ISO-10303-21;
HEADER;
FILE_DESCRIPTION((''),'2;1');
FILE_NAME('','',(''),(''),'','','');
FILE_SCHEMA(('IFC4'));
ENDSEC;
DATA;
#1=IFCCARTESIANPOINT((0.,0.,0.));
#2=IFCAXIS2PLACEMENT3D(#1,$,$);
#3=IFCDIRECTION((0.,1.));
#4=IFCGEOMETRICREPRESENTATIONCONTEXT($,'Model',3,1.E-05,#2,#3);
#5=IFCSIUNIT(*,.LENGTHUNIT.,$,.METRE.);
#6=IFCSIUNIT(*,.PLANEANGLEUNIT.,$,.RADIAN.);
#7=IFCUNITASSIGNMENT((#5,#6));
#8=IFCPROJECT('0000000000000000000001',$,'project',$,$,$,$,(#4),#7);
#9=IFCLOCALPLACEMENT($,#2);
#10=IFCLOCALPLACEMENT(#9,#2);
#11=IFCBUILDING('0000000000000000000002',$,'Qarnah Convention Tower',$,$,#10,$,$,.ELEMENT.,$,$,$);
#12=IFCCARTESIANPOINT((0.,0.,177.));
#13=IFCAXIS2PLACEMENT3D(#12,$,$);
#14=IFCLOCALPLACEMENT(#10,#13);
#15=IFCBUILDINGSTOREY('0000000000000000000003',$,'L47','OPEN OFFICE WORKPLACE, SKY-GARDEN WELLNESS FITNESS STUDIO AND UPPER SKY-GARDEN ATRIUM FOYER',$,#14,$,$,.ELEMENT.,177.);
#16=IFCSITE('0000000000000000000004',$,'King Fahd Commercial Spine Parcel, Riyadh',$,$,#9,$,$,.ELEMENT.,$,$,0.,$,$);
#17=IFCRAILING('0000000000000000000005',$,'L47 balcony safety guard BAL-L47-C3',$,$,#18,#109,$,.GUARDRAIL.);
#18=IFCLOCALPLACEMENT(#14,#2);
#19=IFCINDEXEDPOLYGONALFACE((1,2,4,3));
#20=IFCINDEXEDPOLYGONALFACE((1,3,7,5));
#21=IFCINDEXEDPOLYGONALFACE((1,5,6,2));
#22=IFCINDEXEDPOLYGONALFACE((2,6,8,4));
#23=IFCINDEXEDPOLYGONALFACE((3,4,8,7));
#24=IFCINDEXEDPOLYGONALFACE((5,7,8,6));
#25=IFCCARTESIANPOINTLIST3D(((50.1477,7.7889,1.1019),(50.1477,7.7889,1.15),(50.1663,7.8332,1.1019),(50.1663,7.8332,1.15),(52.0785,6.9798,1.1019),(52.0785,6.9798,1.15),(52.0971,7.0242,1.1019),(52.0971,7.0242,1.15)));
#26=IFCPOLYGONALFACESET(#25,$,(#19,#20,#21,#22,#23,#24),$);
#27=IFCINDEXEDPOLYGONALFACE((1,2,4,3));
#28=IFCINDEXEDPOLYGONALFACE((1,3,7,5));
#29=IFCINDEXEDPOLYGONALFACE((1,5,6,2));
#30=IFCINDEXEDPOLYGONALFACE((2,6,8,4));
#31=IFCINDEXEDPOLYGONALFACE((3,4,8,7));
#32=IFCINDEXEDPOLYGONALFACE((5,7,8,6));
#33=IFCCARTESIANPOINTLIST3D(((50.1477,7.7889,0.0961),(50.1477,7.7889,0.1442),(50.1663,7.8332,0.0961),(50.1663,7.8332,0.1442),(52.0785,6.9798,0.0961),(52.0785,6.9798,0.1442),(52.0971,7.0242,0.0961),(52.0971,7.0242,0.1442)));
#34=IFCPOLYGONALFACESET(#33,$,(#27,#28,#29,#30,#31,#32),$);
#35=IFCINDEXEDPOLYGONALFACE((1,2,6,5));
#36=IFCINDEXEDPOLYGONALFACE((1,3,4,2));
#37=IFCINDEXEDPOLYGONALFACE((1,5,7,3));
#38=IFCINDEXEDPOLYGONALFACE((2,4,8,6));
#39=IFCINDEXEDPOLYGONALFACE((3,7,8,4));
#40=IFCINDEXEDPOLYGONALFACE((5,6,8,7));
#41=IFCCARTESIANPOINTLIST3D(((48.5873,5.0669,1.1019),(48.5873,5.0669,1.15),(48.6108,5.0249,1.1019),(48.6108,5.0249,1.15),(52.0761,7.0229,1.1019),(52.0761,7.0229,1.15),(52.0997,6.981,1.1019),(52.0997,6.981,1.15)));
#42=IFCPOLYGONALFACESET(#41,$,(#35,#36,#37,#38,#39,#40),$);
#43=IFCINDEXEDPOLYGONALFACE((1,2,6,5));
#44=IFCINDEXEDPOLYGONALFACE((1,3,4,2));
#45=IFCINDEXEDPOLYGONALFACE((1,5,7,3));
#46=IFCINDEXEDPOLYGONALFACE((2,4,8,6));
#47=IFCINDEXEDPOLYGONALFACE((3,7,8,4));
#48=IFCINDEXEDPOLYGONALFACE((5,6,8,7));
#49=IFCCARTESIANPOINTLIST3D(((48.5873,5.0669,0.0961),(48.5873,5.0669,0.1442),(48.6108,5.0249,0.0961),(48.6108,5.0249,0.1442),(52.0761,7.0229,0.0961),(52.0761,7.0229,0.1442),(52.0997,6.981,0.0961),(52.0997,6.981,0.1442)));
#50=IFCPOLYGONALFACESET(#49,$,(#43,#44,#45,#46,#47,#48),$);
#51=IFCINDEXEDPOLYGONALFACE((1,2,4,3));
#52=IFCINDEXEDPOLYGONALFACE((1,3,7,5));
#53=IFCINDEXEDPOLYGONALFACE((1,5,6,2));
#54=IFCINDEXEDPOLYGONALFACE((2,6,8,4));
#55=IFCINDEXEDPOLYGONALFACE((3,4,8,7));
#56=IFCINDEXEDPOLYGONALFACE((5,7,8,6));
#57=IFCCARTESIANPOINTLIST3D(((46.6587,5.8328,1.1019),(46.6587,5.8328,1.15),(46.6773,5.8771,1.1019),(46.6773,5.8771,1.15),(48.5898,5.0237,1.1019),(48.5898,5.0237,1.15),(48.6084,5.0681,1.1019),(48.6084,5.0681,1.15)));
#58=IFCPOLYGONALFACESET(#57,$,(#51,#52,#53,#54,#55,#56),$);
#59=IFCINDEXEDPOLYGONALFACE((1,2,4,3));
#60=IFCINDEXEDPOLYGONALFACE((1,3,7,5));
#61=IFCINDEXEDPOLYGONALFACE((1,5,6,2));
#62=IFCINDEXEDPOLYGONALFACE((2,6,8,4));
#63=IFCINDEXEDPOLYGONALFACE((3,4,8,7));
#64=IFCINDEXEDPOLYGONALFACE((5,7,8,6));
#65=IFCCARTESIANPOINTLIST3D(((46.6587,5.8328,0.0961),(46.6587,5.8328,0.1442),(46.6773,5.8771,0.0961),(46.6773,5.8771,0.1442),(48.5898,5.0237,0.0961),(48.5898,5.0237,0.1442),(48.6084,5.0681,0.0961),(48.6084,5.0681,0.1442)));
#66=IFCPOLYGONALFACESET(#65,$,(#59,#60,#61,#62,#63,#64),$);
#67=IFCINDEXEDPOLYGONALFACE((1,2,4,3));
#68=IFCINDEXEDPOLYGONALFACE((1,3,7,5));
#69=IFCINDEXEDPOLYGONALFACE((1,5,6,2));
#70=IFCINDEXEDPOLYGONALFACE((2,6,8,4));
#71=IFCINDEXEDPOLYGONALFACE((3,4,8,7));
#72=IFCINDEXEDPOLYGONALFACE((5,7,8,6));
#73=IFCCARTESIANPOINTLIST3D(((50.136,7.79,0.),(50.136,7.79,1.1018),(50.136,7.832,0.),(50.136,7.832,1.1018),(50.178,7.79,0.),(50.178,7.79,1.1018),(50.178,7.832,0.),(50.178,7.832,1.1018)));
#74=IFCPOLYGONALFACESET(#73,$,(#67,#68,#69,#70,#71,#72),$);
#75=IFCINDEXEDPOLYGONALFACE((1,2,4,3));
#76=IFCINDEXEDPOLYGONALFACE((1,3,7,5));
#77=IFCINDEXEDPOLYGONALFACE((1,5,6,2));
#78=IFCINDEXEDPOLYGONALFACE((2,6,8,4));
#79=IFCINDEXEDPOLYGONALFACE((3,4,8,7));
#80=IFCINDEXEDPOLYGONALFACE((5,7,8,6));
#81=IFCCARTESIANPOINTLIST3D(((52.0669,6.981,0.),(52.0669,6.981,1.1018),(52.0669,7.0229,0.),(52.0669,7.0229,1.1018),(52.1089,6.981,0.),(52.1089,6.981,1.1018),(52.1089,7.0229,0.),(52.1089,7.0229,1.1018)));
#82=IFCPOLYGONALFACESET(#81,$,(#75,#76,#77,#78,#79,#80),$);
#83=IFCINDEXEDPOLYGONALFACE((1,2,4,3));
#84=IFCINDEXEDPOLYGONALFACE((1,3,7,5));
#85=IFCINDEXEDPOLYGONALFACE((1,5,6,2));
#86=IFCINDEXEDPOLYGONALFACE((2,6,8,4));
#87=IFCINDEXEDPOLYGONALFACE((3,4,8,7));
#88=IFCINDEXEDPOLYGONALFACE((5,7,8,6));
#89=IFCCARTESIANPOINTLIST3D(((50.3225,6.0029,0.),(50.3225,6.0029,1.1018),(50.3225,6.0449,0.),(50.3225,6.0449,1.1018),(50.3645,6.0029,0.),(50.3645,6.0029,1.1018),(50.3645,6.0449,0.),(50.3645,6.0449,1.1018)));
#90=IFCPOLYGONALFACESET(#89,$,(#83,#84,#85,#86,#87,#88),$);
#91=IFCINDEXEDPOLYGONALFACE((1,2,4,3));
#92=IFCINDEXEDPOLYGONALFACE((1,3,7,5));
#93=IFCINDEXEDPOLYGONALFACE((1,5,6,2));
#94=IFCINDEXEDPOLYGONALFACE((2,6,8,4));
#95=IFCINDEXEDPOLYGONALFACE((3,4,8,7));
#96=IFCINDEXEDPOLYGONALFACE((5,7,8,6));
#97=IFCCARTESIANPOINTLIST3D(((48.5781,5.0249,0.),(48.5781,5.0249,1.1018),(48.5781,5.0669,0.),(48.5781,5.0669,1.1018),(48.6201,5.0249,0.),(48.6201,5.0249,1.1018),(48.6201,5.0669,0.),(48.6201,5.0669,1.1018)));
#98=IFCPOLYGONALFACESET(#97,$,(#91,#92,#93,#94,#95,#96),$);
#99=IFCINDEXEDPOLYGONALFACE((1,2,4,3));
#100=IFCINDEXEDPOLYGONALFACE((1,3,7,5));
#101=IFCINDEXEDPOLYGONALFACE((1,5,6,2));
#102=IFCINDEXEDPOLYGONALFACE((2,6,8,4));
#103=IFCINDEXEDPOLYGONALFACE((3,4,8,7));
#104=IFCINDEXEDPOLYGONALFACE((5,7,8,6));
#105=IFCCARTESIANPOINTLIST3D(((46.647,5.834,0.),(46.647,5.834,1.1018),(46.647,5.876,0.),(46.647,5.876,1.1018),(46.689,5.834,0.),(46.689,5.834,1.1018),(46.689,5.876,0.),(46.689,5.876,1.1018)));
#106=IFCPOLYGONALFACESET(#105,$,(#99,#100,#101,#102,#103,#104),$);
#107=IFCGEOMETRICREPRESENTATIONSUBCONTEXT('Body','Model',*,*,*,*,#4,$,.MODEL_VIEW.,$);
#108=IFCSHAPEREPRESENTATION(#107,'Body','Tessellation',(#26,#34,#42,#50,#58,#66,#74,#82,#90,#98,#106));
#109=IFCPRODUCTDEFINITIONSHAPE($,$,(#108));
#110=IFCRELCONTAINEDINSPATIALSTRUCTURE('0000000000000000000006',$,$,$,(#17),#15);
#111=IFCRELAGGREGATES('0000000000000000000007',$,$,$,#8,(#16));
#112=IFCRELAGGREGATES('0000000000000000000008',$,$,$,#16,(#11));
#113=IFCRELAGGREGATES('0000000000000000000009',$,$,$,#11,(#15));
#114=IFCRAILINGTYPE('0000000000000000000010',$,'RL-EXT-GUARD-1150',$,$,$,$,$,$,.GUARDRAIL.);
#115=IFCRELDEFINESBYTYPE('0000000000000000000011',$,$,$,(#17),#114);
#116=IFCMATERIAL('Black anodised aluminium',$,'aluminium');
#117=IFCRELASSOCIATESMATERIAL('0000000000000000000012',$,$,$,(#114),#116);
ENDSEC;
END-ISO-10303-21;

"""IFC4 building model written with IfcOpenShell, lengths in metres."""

from ifc_helpers import new_model, si_unit, direction, frame, origin, origin_2d, place, context, subcontext, project, spatial, rectangle, extrude, material, type_object, element, save


model = new_model("IFC4")

# Units and contexts
model_context = context("Model", 3, precision=1e-05, world=origin(), true_north=direction((0.0, 1.0)))
body_context = subcontext(model_context, "Body", "Model", "MODEL_VIEW")
ifc_project = project(units=[si_unit("LENGTHUNIT", "METRE"), si_unit("PLANEANGLEUNIT", "RADIAN")], contexts=[model_context])

# Site, building, storey
site_placement = place(None, origin())
site = spatial("IfcSite", under=ifc_project, at=site_placement, Name="King Fahd Commercial Spine Parcel, Riyadh", CompositionType="ELEMENT", RefElevation=0.0)
building_placement = place(site_placement, origin())
building = spatial("IfcBuilding", under=site, at=building_placement, Name="Qarnah Convention Tower", CompositionType="ELEMENT")
storey_placement = place(building_placement, frame((0.0, 0.0, 177.0)))
storey = spatial("IfcBuildingStorey", under=building, at=storey_placement, Name="L47", Description="OPEN OFFICE WORKPLACE, SKY-GARDEN WELLNESS FITNESS STUDIO AND UPPER SKY-GARDEN ATRIUM FOYER", CompositionType="ELEMENT", Elevation=177.0)

# Shared definitions
ifc_material_1 = material(Name="Black anodised aluminium", Category="aluminium")

# Railing
railing_type = type_object("IfcRailingType", Name="RL-EXT-GUARD-1150", PredefinedType="GUARDRAIL", material=ifc_material_1)
railing_1_placement = place(storey_placement, frame((50.157, 7.811, 0.0)))
element("IfcRailing", 1, at=railing_1_placement, inside=storey, type_object=railing_type, Name="L47 balcony safety guard BAL-L47-C3", PredefinedType="GUARDRAIL", context=body_context, shape_type="SweptSolid", body=[
    extrude(rectangle(XDim=0.0481, YDim=0.0481, at=origin_2d()), frame((0.0, 0.0, 1.126), z_axis=(0.922306, -0.386461, 0.0), x_axis=(0.386461, 0.922306, 0.0)), (0.0, 0.0, 1.0), 2.0935),
    extrude(rectangle(XDim=0.0481, YDim=0.0481, at=origin_2d()), frame((0.0, 0.0, 0.1201), z_axis=(0.922306, -0.386461, 0.0), x_axis=(0.386461, 0.922306, 0.0)), (0.0, 0.0, 1.0), 2.0935),
    extrude(rectangle(XDim=0.0481, YDim=0.0481, at=origin_2d()), frame((1.9309, -0.8091, 1.126), z_axis=(-0.872256, -0.489049, 0.0), x_axis=(0.489049, -0.872256, 0.0)), (0.0, 0.0, 1.0), 3.9998),
    extrude(rectangle(XDim=0.0481, YDim=0.0481, at=origin_2d()), frame((1.9309, -0.8091, 0.1201), z_axis=(-0.872256, -0.489049, 0.0), x_axis=(0.489049, -0.872256, 0.0)), (0.0, 0.0, 1.0), 3.9998),
    extrude(rectangle(XDim=0.0481, YDim=0.0481, at=origin_2d()), frame((-1.5579, -2.7651, 1.126), z_axis=(-0.922323, 0.38642, 0.0), x_axis=(-0.38642, -0.922323, 0.0)), (0.0, 0.0, 1.0), 2.0938),
    extrude(rectangle(XDim=0.0481, YDim=0.0481, at=origin_2d()), frame((-1.5579, -2.7651, 0.1201), z_axis=(-0.922323, 0.38642, 0.0), x_axis=(-0.38642, -0.922323, 0.0)), (0.0, 0.0, 1.0), 2.0938),
    extrude(rectangle(XDim=0.042, YDim=0.042, at=origin_2d()), origin(), (0.0, 0.0, 1.0), 1.1018),
    extrude(rectangle(XDim=0.042, YDim=0.042, at=origin_2d()), frame((1.9309, -0.8091, 0.0)), (0.0, 0.0, 1.0), 1.1018),
    extrude(rectangle(XDim=0.042, YDim=0.042, at=origin_2d()), frame((0.1865, -1.7871, 0.0)), (0.0, 0.0, 1.0), 1.1018),
    extrude(rectangle(XDim=0.042, YDim=0.042, at=origin_2d()), frame((-1.5579, -2.7651, 0.0)), (0.0, 0.0, 1.0), 1.1018),
    extrude(rectangle(XDim=0.042, YDim=0.042, at=origin_2d()), frame((-3.489, -1.9561, 0.0)), (0.0, 0.0, 1.0), 1.1018),
])

save(model, "model.ifc")
